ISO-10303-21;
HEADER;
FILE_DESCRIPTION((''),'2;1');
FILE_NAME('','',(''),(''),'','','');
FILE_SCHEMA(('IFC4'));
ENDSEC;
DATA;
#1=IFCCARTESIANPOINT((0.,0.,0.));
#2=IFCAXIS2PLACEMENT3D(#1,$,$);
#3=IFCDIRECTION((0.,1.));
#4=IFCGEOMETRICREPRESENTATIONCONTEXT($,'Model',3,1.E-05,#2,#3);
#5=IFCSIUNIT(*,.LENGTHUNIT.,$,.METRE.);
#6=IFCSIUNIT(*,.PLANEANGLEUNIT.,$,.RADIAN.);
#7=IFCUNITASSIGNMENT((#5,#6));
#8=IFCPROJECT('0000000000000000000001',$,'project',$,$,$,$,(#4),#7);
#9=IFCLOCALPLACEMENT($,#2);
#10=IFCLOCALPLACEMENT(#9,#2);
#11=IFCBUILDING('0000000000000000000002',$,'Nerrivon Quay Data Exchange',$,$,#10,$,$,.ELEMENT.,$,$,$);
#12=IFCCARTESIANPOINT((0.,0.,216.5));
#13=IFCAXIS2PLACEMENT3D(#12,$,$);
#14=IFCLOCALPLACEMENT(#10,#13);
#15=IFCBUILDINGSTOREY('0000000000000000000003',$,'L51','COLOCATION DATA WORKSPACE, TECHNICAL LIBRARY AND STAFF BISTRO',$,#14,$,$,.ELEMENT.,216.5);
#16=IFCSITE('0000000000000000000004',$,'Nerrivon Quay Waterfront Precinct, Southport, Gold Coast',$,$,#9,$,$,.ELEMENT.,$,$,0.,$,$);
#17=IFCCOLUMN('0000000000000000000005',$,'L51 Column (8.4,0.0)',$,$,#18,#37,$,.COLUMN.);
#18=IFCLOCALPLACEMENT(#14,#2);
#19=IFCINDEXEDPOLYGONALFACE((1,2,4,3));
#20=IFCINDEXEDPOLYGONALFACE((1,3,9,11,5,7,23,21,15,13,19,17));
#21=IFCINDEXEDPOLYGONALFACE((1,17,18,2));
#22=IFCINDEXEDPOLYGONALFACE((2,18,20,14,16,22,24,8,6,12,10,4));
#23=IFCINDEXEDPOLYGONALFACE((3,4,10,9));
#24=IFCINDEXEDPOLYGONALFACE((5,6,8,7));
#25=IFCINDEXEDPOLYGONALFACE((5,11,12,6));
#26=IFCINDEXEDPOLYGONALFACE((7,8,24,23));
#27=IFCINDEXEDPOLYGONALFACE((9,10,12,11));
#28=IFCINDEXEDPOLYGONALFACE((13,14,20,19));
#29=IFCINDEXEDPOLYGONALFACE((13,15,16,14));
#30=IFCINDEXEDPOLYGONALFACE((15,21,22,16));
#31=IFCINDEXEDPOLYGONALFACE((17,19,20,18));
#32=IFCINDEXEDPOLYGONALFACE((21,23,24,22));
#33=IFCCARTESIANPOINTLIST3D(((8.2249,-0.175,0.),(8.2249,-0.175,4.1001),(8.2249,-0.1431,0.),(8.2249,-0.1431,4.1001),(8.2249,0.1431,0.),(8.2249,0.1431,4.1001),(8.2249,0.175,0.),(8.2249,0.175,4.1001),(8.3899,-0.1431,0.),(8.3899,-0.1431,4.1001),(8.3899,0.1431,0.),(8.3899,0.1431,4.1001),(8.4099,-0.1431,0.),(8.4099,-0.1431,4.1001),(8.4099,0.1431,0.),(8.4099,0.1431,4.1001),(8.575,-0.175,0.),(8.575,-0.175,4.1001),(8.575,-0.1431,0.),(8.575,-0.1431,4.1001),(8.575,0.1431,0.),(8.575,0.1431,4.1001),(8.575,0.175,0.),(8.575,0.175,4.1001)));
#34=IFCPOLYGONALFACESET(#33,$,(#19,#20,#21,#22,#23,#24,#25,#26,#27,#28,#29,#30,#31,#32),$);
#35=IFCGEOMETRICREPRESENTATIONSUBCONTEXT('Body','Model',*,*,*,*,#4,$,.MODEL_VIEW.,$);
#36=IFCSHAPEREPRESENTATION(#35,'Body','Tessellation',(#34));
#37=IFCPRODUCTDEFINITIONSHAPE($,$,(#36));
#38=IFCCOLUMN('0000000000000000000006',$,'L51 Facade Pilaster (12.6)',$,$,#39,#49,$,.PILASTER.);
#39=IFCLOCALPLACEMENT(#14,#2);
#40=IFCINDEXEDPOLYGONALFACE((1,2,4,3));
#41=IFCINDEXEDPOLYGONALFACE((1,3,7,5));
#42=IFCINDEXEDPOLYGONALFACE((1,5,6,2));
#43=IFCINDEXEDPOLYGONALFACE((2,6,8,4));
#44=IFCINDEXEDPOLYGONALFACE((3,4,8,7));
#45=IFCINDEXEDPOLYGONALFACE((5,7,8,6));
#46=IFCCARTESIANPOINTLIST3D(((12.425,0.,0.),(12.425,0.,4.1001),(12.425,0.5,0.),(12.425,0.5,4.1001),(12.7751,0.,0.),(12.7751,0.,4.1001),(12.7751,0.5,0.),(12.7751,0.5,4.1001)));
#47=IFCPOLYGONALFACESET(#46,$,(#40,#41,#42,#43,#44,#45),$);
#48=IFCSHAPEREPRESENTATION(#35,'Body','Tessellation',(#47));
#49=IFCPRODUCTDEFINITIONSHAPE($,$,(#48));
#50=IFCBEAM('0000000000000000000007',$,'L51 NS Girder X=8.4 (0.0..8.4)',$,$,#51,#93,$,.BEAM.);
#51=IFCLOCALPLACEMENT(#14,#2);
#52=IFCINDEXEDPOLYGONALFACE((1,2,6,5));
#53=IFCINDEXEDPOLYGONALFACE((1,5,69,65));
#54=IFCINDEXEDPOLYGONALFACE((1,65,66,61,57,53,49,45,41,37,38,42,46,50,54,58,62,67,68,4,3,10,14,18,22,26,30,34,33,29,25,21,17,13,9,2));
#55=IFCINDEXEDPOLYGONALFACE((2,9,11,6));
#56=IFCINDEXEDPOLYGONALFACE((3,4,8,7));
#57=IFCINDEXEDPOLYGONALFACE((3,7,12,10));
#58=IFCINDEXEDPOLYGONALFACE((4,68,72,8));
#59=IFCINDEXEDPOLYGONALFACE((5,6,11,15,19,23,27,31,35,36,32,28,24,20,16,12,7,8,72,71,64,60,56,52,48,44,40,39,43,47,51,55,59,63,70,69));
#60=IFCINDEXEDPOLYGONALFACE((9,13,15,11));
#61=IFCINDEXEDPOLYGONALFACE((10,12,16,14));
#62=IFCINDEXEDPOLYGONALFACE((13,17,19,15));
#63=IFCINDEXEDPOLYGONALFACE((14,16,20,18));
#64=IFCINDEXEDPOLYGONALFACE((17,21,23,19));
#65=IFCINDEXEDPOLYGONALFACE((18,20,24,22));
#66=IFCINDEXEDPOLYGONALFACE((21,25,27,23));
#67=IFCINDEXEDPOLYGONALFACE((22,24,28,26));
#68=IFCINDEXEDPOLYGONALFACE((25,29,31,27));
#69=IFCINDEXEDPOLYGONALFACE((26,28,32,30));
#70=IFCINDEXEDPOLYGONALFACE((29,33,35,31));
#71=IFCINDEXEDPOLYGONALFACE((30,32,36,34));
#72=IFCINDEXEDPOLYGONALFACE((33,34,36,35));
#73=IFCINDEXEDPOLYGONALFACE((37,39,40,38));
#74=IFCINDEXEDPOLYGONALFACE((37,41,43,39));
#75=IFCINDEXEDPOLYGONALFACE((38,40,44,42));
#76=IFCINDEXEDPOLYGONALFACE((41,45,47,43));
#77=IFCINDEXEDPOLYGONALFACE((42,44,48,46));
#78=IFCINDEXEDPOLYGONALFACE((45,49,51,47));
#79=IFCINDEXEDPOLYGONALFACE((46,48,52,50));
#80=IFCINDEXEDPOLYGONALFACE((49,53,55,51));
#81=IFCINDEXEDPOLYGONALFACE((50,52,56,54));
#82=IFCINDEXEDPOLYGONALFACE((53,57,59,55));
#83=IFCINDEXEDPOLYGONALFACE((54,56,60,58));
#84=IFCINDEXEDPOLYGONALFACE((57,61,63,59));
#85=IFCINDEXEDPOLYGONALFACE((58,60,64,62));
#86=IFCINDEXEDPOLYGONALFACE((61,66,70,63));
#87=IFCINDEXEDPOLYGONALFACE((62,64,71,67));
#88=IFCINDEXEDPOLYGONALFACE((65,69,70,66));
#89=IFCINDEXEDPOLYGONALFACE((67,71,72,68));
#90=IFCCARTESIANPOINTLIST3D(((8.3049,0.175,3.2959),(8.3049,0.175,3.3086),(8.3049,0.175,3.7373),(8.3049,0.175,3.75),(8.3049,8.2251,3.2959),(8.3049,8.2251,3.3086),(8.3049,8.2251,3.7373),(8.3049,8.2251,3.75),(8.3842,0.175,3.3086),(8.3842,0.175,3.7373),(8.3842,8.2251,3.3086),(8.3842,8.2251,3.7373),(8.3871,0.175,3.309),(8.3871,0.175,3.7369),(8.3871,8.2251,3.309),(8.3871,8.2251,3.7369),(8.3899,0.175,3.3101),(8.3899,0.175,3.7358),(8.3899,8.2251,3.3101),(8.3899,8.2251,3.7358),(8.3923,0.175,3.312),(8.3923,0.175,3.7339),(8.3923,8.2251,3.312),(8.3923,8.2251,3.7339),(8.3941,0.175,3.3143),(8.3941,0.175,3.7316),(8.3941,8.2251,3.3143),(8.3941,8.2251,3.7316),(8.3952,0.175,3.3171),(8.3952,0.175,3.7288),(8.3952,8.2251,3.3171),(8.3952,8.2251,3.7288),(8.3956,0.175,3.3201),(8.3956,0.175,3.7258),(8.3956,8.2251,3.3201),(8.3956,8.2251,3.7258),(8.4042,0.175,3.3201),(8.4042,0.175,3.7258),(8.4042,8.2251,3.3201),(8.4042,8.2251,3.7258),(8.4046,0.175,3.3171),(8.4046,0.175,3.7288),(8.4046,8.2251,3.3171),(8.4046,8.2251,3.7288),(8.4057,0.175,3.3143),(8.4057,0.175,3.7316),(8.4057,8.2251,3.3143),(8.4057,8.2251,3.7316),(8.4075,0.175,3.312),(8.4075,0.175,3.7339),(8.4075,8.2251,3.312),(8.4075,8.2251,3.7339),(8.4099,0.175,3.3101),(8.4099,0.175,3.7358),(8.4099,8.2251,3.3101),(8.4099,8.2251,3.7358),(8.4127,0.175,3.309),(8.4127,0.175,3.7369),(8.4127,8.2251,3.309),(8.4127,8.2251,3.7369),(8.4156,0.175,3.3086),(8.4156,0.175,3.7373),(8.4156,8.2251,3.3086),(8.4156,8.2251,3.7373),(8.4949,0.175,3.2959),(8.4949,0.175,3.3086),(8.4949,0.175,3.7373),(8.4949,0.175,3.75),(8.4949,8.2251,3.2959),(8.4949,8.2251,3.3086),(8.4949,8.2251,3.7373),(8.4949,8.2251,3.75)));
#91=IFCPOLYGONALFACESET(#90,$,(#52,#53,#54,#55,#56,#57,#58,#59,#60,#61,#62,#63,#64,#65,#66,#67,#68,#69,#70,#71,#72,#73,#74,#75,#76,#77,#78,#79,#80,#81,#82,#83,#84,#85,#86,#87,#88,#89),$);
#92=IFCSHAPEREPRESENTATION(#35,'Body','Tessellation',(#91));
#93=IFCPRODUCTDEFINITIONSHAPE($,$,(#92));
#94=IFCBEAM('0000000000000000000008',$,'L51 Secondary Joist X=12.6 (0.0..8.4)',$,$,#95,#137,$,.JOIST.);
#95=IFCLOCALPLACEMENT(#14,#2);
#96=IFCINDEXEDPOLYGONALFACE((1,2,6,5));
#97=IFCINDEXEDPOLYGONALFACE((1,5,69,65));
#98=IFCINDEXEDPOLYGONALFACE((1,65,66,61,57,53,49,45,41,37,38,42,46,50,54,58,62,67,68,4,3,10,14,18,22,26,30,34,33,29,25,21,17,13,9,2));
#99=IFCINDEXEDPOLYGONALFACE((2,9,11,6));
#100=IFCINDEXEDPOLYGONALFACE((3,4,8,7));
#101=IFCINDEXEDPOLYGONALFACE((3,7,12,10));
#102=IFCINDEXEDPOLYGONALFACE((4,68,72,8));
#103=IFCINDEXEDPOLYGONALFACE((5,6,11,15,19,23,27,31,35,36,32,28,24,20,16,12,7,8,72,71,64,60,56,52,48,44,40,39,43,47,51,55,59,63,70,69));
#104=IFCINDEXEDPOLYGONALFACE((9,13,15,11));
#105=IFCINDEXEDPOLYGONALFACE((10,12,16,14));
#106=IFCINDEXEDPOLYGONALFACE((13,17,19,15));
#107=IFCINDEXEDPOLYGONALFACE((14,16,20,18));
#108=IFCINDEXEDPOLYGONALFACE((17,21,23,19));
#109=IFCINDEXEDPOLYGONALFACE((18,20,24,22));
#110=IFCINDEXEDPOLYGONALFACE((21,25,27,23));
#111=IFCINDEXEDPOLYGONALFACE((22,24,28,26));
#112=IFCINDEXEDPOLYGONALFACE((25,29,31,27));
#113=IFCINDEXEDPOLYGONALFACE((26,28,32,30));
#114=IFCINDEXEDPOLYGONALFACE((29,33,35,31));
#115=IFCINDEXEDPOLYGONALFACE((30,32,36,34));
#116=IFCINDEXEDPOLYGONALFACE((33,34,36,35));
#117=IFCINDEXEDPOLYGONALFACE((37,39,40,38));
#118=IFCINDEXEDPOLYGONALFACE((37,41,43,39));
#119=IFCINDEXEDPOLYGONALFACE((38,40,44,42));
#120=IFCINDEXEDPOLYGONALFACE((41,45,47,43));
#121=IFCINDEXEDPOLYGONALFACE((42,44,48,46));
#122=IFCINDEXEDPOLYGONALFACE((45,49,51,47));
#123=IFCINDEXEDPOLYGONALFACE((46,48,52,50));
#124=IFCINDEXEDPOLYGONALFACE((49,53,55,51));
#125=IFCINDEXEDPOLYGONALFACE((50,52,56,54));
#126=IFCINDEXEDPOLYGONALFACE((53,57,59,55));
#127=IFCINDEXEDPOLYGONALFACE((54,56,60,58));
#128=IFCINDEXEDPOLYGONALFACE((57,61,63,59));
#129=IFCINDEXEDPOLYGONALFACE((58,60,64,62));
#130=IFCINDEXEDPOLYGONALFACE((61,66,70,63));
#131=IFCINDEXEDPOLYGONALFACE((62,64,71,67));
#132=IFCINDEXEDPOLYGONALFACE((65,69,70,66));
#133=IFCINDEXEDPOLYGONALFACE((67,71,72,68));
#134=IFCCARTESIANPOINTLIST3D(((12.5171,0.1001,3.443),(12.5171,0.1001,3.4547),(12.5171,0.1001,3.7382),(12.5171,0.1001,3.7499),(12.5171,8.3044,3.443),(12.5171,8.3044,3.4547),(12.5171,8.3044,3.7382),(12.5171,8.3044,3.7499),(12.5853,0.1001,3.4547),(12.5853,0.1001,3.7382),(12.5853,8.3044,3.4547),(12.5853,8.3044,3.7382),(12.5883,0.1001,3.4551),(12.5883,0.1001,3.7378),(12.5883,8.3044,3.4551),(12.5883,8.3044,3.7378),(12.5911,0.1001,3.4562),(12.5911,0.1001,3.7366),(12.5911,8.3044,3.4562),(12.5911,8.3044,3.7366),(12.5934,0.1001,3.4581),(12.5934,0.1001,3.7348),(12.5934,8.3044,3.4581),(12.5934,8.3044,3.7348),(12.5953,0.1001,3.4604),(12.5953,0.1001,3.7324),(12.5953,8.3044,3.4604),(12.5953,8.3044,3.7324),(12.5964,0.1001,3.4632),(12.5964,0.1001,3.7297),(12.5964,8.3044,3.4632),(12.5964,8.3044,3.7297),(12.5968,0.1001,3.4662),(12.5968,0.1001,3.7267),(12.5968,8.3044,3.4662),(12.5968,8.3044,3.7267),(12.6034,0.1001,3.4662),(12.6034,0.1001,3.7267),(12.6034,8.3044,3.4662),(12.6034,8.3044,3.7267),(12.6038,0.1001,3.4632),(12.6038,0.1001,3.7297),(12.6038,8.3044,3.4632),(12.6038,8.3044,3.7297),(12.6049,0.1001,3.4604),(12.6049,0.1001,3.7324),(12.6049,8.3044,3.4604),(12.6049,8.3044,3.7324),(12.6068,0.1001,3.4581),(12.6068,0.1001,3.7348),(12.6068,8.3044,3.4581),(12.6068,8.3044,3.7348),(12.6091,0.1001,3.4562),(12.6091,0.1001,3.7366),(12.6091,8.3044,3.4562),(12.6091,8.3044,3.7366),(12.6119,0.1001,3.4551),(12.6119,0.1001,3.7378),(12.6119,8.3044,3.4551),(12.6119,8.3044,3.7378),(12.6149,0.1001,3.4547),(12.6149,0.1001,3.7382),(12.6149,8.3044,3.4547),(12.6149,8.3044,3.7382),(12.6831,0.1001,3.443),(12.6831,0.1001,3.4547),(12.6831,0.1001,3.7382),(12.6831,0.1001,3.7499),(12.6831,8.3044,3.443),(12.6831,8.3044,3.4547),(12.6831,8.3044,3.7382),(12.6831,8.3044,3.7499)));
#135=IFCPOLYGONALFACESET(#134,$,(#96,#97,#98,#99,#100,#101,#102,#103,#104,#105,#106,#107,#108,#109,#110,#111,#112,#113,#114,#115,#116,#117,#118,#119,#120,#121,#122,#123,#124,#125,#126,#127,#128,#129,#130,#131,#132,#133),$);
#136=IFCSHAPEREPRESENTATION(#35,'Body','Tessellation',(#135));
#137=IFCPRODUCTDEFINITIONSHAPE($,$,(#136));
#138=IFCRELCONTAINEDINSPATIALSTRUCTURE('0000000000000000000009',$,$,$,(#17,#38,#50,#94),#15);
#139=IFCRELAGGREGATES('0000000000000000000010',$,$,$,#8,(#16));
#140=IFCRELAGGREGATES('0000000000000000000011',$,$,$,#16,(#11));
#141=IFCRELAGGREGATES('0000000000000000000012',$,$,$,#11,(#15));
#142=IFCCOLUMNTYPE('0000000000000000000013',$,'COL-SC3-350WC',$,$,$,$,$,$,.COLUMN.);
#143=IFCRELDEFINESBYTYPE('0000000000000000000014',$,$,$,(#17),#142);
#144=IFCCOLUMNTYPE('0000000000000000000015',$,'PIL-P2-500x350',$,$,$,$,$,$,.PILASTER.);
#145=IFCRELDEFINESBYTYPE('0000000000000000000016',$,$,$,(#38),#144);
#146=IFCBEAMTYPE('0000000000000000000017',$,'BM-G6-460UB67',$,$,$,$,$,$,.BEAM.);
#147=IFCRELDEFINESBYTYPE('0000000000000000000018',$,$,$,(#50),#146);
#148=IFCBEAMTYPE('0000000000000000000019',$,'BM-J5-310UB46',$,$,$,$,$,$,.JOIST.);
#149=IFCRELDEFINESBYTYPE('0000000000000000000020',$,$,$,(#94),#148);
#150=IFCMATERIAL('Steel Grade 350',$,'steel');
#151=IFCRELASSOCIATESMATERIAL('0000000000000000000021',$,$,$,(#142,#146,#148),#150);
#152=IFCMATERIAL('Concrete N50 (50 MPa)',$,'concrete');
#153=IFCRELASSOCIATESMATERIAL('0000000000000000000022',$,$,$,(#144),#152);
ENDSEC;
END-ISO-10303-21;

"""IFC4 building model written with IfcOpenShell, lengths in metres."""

from ifc_helpers import new_model, si_unit, direction, frame, origin, origin_2d, place, context, subcontext, project, spatial, rectangle, i_section, extrude, material, material_profile, profile_set, type_object, element, save


model = new_model("IFC4")

# Units and contexts
model_context = context("Model", 3, precision=1e-05, world=origin(), true_north=direction((0.0, 1.0)))
body_context = subcontext(model_context, "Body", "Model", "MODEL_VIEW")
ifc_project = project(units=[si_unit("LENGTHUNIT", "METRE"), si_unit("PLANEANGLEUNIT", "RADIAN")], contexts=[model_context])

# Site, building, storey
site_placement = place(None, origin())
site = spatial("IfcSite", under=ifc_project, at=site_placement, Name="Nerrivon Quay Waterfront Precinct, Southport, Gold Coast", CompositionType="ELEMENT", RefElevation=0.0)
building_placement = place(site_placement, origin())
building = spatial("IfcBuilding", under=site, at=building_placement, Name="Nerrivon Quay Data Exchange", CompositionType="ELEMENT")
storey_placement = place(building_placement, frame((0.0, 0.0, 216.5)))
storey = spatial("IfcBuildingStorey", under=building, at=storey_placement, Name="L51", Description="COLOCATION DATA WORKSPACE, TECHNICAL LIBRARY AND STAFF BISTRO", CompositionType="ELEMENT", Elevation=216.5)

# Columns
ifc_material_1 = material(Name="Steel Grade 350", Category="steel")
ifc_material_profile_1 = material_profile(ifc_material_1, i_section(OverallWidth=0.3501, OverallDepth=0.3501, WebThickness=0.02, FlangeThickness=0.032, at=origin_2d()), Name="350WC230")
ifc_profile_set_1 = profile_set([ifc_material_profile_1], Name="Steel Grade 350")
column_type_1 = type_object("IfcColumnType", Name="COL-SC3-350WC", PredefinedType="COLUMN", material=ifc_profile_set_1)
column_1_placement = place(storey_placement, frame((8.3999, 0.0, 0.0), z_axis=(0.0, 0.0, 1.0), x_axis=(1.0, 0.0, 0.0)))
element("IfcColumn", 1, at=column_1_placement, inside=storey, type_object=column_type_1, Name="L51 Column (8.4,0.0)", PredefinedType="COLUMN", context=body_context, shape_type="SweptSolid", body=[
    extrude(i_section(OverallWidth=0.3501, OverallDepth=0.3501, WebThickness=0.02, FlangeThickness=0.032, at=origin_2d()), origin(), (0.0, 0.0, 1.0), 4.1001),
])
ifc_material_2 = material(Name="Concrete N50 (50 MPa)", Category="concrete")
ifc_material_profile_2 = material_profile(ifc_material_2, rectangle(XDim=0.3501, YDim=0.5, at=origin_2d()), Name="RC-PIL-500x350")
ifc_profile_set_2 = profile_set([ifc_material_profile_2], Name="Concrete N50 (50 MPa)")
column_type_2 = type_object("IfcColumnType", Name="PIL-P2-500x350", PredefinedType="PILASTER", material=ifc_profile_set_2)
column_2_placement = place(storey_placement, frame((12.6001, 0.25, 0.0), z_axis=(0.0, 0.0, 1.0), x_axis=(1.0, 0.0, 0.0)))
element("IfcColumn", 2, at=column_2_placement, inside=storey, type_object=column_type_2, Name="L51 Facade Pilaster (12.6)", PredefinedType="PILASTER", context=body_context, shape_type="SweptSolid", body=[
    extrude(rectangle(XDim=0.3501, YDim=0.5, at=origin_2d()), origin(), (0.0, 0.0, 1.0), 4.1001),
])

# Beams
ifc_material_profile_3 = material_profile(ifc_material_1, i_section(OverallWidth=0.1899, OverallDepth=0.4541, WebThickness=0.0085, FlangeThickness=0.0127, FilletRadius=0.0115, at=origin_2d()), Name="460UB67.1")
ifc_profile_set_3 = profile_set([ifc_material_profile_3], Name="Steel Grade 350")
beam_type_1 = type_object("IfcBeamType", Name="BM-G6-460UB67", PredefinedType="BEAM", material=ifc_profile_set_3)
beam_1_placement = place(storey_placement, frame((8.3999, 0.175, 3.5229), z_axis=(0.0, 1.0, 0.0), x_axis=(-1.0, 0.0, 0.0)))
element("IfcBeam", 3, at=beam_1_placement, inside=storey, type_object=beam_type_1, Name="L51 NS Girder X=8.4 (0.0..8.4)", PredefinedType="BEAM", context=body_context, shape_type="SweptSolid", body=[
    extrude(i_section(OverallWidth=0.1899, OverallDepth=0.4541, WebThickness=0.0085, FlangeThickness=0.0127, FilletRadius=0.0115, at=origin_2d()), origin(), (0.0, 0.0, 1.0), 8.05),
])
ifc_material_profile_4 = material_profile(ifc_material_1, i_section(OverallWidth=0.166, OverallDepth=0.3069, WebThickness=0.0066, FlangeThickness=0.0117, FilletRadius=0.0115, at=origin_2d()), Name="310UB46.2")
ifc_profile_set_4 = profile_set([ifc_material_profile_4], Name="Steel Grade 350")
beam_type_2 = type_object("IfcBeamType", Name="BM-J5-310UB46", PredefinedType="JOIST", material=ifc_profile_set_4)
beam_2_placement = place(storey_placement, frame((12.6001, 0.1001, 3.5964), z_axis=(0.0, 1.0, 0.0), x_axis=(-1.0, 0.0, 0.0)))
element("IfcBeam", 4, at=beam_2_placement, inside=storey, type_object=beam_type_2, Name="L51 Secondary Joist X=12.6 (0.0..8.4)", PredefinedType="JOIST", context=body_context, shape_type="SweptSolid", body=[
    extrude(i_section(OverallWidth=0.166, OverallDepth=0.3069, WebThickness=0.0066, FlangeThickness=0.0117, FilletRadius=0.0115, at=origin_2d()), origin(), (0.0, 0.0, 1.0), 8.2043),
])

save(model, "model.ifc")
